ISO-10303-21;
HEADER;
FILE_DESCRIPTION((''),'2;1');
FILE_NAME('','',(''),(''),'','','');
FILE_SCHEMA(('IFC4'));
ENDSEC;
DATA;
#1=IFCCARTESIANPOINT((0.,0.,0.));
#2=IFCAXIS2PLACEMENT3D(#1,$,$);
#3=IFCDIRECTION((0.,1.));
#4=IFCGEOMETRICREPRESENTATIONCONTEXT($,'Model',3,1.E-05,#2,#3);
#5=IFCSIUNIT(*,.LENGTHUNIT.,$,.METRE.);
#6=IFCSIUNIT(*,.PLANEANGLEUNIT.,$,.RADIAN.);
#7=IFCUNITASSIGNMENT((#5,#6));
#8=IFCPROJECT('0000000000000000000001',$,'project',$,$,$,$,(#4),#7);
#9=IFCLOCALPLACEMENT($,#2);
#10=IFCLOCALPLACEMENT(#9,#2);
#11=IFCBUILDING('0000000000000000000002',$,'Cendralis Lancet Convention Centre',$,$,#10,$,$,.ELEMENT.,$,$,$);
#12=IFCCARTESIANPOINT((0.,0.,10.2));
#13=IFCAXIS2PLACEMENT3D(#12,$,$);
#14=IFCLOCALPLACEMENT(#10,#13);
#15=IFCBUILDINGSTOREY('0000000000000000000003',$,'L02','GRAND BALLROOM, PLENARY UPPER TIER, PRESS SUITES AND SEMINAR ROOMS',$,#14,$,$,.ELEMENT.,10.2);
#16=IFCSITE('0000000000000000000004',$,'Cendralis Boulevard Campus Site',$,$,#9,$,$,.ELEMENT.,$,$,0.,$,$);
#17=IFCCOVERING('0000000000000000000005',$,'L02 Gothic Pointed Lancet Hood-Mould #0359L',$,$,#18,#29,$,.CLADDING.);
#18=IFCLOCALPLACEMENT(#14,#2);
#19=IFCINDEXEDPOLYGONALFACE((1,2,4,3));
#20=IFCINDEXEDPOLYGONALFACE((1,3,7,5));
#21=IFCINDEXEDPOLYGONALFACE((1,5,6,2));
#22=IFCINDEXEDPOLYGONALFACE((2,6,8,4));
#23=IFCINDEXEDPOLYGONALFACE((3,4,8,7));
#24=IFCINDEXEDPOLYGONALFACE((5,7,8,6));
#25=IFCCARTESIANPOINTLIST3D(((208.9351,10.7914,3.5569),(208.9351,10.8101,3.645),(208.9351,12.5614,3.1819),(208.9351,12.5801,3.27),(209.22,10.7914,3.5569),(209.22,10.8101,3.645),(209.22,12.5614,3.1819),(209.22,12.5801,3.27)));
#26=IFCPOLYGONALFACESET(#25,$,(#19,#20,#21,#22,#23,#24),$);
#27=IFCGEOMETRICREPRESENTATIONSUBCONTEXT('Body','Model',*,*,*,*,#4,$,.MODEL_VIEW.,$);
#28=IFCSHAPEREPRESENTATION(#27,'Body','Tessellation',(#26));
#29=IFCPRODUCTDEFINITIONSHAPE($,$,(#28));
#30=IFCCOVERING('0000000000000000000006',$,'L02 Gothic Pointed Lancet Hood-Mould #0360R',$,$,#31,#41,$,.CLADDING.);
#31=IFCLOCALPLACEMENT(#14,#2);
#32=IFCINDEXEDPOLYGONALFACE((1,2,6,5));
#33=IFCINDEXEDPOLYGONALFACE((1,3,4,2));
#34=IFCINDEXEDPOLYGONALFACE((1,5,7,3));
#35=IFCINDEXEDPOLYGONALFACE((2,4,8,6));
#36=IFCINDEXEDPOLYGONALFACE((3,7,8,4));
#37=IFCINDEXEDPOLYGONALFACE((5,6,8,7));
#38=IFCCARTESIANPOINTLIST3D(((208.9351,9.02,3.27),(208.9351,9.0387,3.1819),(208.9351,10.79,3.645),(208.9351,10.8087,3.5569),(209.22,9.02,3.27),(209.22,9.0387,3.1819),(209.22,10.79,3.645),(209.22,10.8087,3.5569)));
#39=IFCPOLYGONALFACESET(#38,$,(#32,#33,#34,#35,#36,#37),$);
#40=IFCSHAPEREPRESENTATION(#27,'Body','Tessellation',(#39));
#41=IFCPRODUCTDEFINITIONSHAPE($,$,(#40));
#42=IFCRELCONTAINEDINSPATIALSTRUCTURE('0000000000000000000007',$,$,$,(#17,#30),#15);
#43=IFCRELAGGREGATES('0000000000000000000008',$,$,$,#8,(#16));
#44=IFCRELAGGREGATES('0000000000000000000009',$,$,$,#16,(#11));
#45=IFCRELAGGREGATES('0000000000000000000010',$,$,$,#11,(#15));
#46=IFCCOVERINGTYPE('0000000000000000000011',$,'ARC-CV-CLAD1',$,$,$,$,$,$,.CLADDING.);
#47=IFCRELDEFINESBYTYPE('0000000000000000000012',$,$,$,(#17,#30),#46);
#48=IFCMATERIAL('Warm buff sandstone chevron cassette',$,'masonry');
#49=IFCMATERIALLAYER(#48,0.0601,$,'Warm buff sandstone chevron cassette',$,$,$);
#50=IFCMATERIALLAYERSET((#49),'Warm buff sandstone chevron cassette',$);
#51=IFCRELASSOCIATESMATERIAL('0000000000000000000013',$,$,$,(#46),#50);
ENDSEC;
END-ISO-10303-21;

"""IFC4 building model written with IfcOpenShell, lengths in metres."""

from ifc_helpers import new_model, si_unit, direction, frame, origin, place, context, subcontext, project, spatial, polyline, outline, extrude, material, layer, layer_set, type_object, element, save


model = new_model("IFC4")

# Units and contexts
model_context = context("Model", 3, precision=1e-05, world=origin(), true_north=direction((0.0, 1.0)))
body_context = subcontext(model_context, "Body", "Model", "MODEL_VIEW")
ifc_project = project(units=[si_unit("LENGTHUNIT", "METRE"), si_unit("PLANEANGLEUNIT", "RADIAN")], contexts=[model_context])

# Site, building, storey
site_placement = place(None, origin())
site = spatial("IfcSite", under=ifc_project, at=site_placement, Name="Cendralis Boulevard Campus Site", CompositionType="ELEMENT", RefElevation=0.0)
building_placement = place(site_placement, origin())
building = spatial("IfcBuilding", under=site, at=building_placement, Name="Cendralis Lancet Convention Centre", CompositionType="ELEMENT")
storey_placement = place(building_placement, frame((0.0, 0.0, 10.2)))
storey = spatial("IfcBuildingStorey", under=building, at=storey_placement, Name="L02", Description="GRAND BALLROOM, PLENARY UPPER TIER, PRESS SUITES AND SEMINAR ROOMS", CompositionType="ELEMENT", Elevation=10.2)

# Coverings
ifc_material_1 = material(Name="Warm buff sandstone chevron cassette", Category="masonry")
ifc_layer_1 = layer(ifc_material_1, 0.0601, Name="Warm buff sandstone chevron cassette")
ifc_layer_set_1 = layer_set([ifc_layer_1], Name="Warm buff sandstone chevron cassette")
covering_type = type_object("IfcCoveringType", Name="ARC-CV-CLAD1", PredefinedType="CLADDING", material=ifc_layer_set_1)
for number, where, z_axis, x_axis, name in (
    (1, (209.22, 12.5801, 3.27), (0.0, 0.207262, 0.978286), (-1.0, 0.0, 0.0), "L02 Gothic Pointed Lancet Hood-Mould #0359L"),
    (2, (209.22, 10.79, 3.645), (0.0, -0.207262, 0.978286), (-1.0, 0.0, 0.0), "L02 Gothic Pointed Lancet Hood-Mould #0360R"),
):
    element("IfcCovering", number, at=place(storey_placement, frame(where, z_axis=z_axis, x_axis=x_axis)), inside=storey, type_object=covering_type, Name=name, PredefinedType="CLADDING", context=body_context, shape_type="SweptSolid", body=[
        extrude(outline(polyline([(0.0, 0.0), (0.2849, 0.0), (0.2849, 1.8093), (0.0, 1.8093), (0.0, 0.0)])), origin(), (0.0, 0.0, -1.0), 0.0901),
    ])

save(model, "model.ifc")
